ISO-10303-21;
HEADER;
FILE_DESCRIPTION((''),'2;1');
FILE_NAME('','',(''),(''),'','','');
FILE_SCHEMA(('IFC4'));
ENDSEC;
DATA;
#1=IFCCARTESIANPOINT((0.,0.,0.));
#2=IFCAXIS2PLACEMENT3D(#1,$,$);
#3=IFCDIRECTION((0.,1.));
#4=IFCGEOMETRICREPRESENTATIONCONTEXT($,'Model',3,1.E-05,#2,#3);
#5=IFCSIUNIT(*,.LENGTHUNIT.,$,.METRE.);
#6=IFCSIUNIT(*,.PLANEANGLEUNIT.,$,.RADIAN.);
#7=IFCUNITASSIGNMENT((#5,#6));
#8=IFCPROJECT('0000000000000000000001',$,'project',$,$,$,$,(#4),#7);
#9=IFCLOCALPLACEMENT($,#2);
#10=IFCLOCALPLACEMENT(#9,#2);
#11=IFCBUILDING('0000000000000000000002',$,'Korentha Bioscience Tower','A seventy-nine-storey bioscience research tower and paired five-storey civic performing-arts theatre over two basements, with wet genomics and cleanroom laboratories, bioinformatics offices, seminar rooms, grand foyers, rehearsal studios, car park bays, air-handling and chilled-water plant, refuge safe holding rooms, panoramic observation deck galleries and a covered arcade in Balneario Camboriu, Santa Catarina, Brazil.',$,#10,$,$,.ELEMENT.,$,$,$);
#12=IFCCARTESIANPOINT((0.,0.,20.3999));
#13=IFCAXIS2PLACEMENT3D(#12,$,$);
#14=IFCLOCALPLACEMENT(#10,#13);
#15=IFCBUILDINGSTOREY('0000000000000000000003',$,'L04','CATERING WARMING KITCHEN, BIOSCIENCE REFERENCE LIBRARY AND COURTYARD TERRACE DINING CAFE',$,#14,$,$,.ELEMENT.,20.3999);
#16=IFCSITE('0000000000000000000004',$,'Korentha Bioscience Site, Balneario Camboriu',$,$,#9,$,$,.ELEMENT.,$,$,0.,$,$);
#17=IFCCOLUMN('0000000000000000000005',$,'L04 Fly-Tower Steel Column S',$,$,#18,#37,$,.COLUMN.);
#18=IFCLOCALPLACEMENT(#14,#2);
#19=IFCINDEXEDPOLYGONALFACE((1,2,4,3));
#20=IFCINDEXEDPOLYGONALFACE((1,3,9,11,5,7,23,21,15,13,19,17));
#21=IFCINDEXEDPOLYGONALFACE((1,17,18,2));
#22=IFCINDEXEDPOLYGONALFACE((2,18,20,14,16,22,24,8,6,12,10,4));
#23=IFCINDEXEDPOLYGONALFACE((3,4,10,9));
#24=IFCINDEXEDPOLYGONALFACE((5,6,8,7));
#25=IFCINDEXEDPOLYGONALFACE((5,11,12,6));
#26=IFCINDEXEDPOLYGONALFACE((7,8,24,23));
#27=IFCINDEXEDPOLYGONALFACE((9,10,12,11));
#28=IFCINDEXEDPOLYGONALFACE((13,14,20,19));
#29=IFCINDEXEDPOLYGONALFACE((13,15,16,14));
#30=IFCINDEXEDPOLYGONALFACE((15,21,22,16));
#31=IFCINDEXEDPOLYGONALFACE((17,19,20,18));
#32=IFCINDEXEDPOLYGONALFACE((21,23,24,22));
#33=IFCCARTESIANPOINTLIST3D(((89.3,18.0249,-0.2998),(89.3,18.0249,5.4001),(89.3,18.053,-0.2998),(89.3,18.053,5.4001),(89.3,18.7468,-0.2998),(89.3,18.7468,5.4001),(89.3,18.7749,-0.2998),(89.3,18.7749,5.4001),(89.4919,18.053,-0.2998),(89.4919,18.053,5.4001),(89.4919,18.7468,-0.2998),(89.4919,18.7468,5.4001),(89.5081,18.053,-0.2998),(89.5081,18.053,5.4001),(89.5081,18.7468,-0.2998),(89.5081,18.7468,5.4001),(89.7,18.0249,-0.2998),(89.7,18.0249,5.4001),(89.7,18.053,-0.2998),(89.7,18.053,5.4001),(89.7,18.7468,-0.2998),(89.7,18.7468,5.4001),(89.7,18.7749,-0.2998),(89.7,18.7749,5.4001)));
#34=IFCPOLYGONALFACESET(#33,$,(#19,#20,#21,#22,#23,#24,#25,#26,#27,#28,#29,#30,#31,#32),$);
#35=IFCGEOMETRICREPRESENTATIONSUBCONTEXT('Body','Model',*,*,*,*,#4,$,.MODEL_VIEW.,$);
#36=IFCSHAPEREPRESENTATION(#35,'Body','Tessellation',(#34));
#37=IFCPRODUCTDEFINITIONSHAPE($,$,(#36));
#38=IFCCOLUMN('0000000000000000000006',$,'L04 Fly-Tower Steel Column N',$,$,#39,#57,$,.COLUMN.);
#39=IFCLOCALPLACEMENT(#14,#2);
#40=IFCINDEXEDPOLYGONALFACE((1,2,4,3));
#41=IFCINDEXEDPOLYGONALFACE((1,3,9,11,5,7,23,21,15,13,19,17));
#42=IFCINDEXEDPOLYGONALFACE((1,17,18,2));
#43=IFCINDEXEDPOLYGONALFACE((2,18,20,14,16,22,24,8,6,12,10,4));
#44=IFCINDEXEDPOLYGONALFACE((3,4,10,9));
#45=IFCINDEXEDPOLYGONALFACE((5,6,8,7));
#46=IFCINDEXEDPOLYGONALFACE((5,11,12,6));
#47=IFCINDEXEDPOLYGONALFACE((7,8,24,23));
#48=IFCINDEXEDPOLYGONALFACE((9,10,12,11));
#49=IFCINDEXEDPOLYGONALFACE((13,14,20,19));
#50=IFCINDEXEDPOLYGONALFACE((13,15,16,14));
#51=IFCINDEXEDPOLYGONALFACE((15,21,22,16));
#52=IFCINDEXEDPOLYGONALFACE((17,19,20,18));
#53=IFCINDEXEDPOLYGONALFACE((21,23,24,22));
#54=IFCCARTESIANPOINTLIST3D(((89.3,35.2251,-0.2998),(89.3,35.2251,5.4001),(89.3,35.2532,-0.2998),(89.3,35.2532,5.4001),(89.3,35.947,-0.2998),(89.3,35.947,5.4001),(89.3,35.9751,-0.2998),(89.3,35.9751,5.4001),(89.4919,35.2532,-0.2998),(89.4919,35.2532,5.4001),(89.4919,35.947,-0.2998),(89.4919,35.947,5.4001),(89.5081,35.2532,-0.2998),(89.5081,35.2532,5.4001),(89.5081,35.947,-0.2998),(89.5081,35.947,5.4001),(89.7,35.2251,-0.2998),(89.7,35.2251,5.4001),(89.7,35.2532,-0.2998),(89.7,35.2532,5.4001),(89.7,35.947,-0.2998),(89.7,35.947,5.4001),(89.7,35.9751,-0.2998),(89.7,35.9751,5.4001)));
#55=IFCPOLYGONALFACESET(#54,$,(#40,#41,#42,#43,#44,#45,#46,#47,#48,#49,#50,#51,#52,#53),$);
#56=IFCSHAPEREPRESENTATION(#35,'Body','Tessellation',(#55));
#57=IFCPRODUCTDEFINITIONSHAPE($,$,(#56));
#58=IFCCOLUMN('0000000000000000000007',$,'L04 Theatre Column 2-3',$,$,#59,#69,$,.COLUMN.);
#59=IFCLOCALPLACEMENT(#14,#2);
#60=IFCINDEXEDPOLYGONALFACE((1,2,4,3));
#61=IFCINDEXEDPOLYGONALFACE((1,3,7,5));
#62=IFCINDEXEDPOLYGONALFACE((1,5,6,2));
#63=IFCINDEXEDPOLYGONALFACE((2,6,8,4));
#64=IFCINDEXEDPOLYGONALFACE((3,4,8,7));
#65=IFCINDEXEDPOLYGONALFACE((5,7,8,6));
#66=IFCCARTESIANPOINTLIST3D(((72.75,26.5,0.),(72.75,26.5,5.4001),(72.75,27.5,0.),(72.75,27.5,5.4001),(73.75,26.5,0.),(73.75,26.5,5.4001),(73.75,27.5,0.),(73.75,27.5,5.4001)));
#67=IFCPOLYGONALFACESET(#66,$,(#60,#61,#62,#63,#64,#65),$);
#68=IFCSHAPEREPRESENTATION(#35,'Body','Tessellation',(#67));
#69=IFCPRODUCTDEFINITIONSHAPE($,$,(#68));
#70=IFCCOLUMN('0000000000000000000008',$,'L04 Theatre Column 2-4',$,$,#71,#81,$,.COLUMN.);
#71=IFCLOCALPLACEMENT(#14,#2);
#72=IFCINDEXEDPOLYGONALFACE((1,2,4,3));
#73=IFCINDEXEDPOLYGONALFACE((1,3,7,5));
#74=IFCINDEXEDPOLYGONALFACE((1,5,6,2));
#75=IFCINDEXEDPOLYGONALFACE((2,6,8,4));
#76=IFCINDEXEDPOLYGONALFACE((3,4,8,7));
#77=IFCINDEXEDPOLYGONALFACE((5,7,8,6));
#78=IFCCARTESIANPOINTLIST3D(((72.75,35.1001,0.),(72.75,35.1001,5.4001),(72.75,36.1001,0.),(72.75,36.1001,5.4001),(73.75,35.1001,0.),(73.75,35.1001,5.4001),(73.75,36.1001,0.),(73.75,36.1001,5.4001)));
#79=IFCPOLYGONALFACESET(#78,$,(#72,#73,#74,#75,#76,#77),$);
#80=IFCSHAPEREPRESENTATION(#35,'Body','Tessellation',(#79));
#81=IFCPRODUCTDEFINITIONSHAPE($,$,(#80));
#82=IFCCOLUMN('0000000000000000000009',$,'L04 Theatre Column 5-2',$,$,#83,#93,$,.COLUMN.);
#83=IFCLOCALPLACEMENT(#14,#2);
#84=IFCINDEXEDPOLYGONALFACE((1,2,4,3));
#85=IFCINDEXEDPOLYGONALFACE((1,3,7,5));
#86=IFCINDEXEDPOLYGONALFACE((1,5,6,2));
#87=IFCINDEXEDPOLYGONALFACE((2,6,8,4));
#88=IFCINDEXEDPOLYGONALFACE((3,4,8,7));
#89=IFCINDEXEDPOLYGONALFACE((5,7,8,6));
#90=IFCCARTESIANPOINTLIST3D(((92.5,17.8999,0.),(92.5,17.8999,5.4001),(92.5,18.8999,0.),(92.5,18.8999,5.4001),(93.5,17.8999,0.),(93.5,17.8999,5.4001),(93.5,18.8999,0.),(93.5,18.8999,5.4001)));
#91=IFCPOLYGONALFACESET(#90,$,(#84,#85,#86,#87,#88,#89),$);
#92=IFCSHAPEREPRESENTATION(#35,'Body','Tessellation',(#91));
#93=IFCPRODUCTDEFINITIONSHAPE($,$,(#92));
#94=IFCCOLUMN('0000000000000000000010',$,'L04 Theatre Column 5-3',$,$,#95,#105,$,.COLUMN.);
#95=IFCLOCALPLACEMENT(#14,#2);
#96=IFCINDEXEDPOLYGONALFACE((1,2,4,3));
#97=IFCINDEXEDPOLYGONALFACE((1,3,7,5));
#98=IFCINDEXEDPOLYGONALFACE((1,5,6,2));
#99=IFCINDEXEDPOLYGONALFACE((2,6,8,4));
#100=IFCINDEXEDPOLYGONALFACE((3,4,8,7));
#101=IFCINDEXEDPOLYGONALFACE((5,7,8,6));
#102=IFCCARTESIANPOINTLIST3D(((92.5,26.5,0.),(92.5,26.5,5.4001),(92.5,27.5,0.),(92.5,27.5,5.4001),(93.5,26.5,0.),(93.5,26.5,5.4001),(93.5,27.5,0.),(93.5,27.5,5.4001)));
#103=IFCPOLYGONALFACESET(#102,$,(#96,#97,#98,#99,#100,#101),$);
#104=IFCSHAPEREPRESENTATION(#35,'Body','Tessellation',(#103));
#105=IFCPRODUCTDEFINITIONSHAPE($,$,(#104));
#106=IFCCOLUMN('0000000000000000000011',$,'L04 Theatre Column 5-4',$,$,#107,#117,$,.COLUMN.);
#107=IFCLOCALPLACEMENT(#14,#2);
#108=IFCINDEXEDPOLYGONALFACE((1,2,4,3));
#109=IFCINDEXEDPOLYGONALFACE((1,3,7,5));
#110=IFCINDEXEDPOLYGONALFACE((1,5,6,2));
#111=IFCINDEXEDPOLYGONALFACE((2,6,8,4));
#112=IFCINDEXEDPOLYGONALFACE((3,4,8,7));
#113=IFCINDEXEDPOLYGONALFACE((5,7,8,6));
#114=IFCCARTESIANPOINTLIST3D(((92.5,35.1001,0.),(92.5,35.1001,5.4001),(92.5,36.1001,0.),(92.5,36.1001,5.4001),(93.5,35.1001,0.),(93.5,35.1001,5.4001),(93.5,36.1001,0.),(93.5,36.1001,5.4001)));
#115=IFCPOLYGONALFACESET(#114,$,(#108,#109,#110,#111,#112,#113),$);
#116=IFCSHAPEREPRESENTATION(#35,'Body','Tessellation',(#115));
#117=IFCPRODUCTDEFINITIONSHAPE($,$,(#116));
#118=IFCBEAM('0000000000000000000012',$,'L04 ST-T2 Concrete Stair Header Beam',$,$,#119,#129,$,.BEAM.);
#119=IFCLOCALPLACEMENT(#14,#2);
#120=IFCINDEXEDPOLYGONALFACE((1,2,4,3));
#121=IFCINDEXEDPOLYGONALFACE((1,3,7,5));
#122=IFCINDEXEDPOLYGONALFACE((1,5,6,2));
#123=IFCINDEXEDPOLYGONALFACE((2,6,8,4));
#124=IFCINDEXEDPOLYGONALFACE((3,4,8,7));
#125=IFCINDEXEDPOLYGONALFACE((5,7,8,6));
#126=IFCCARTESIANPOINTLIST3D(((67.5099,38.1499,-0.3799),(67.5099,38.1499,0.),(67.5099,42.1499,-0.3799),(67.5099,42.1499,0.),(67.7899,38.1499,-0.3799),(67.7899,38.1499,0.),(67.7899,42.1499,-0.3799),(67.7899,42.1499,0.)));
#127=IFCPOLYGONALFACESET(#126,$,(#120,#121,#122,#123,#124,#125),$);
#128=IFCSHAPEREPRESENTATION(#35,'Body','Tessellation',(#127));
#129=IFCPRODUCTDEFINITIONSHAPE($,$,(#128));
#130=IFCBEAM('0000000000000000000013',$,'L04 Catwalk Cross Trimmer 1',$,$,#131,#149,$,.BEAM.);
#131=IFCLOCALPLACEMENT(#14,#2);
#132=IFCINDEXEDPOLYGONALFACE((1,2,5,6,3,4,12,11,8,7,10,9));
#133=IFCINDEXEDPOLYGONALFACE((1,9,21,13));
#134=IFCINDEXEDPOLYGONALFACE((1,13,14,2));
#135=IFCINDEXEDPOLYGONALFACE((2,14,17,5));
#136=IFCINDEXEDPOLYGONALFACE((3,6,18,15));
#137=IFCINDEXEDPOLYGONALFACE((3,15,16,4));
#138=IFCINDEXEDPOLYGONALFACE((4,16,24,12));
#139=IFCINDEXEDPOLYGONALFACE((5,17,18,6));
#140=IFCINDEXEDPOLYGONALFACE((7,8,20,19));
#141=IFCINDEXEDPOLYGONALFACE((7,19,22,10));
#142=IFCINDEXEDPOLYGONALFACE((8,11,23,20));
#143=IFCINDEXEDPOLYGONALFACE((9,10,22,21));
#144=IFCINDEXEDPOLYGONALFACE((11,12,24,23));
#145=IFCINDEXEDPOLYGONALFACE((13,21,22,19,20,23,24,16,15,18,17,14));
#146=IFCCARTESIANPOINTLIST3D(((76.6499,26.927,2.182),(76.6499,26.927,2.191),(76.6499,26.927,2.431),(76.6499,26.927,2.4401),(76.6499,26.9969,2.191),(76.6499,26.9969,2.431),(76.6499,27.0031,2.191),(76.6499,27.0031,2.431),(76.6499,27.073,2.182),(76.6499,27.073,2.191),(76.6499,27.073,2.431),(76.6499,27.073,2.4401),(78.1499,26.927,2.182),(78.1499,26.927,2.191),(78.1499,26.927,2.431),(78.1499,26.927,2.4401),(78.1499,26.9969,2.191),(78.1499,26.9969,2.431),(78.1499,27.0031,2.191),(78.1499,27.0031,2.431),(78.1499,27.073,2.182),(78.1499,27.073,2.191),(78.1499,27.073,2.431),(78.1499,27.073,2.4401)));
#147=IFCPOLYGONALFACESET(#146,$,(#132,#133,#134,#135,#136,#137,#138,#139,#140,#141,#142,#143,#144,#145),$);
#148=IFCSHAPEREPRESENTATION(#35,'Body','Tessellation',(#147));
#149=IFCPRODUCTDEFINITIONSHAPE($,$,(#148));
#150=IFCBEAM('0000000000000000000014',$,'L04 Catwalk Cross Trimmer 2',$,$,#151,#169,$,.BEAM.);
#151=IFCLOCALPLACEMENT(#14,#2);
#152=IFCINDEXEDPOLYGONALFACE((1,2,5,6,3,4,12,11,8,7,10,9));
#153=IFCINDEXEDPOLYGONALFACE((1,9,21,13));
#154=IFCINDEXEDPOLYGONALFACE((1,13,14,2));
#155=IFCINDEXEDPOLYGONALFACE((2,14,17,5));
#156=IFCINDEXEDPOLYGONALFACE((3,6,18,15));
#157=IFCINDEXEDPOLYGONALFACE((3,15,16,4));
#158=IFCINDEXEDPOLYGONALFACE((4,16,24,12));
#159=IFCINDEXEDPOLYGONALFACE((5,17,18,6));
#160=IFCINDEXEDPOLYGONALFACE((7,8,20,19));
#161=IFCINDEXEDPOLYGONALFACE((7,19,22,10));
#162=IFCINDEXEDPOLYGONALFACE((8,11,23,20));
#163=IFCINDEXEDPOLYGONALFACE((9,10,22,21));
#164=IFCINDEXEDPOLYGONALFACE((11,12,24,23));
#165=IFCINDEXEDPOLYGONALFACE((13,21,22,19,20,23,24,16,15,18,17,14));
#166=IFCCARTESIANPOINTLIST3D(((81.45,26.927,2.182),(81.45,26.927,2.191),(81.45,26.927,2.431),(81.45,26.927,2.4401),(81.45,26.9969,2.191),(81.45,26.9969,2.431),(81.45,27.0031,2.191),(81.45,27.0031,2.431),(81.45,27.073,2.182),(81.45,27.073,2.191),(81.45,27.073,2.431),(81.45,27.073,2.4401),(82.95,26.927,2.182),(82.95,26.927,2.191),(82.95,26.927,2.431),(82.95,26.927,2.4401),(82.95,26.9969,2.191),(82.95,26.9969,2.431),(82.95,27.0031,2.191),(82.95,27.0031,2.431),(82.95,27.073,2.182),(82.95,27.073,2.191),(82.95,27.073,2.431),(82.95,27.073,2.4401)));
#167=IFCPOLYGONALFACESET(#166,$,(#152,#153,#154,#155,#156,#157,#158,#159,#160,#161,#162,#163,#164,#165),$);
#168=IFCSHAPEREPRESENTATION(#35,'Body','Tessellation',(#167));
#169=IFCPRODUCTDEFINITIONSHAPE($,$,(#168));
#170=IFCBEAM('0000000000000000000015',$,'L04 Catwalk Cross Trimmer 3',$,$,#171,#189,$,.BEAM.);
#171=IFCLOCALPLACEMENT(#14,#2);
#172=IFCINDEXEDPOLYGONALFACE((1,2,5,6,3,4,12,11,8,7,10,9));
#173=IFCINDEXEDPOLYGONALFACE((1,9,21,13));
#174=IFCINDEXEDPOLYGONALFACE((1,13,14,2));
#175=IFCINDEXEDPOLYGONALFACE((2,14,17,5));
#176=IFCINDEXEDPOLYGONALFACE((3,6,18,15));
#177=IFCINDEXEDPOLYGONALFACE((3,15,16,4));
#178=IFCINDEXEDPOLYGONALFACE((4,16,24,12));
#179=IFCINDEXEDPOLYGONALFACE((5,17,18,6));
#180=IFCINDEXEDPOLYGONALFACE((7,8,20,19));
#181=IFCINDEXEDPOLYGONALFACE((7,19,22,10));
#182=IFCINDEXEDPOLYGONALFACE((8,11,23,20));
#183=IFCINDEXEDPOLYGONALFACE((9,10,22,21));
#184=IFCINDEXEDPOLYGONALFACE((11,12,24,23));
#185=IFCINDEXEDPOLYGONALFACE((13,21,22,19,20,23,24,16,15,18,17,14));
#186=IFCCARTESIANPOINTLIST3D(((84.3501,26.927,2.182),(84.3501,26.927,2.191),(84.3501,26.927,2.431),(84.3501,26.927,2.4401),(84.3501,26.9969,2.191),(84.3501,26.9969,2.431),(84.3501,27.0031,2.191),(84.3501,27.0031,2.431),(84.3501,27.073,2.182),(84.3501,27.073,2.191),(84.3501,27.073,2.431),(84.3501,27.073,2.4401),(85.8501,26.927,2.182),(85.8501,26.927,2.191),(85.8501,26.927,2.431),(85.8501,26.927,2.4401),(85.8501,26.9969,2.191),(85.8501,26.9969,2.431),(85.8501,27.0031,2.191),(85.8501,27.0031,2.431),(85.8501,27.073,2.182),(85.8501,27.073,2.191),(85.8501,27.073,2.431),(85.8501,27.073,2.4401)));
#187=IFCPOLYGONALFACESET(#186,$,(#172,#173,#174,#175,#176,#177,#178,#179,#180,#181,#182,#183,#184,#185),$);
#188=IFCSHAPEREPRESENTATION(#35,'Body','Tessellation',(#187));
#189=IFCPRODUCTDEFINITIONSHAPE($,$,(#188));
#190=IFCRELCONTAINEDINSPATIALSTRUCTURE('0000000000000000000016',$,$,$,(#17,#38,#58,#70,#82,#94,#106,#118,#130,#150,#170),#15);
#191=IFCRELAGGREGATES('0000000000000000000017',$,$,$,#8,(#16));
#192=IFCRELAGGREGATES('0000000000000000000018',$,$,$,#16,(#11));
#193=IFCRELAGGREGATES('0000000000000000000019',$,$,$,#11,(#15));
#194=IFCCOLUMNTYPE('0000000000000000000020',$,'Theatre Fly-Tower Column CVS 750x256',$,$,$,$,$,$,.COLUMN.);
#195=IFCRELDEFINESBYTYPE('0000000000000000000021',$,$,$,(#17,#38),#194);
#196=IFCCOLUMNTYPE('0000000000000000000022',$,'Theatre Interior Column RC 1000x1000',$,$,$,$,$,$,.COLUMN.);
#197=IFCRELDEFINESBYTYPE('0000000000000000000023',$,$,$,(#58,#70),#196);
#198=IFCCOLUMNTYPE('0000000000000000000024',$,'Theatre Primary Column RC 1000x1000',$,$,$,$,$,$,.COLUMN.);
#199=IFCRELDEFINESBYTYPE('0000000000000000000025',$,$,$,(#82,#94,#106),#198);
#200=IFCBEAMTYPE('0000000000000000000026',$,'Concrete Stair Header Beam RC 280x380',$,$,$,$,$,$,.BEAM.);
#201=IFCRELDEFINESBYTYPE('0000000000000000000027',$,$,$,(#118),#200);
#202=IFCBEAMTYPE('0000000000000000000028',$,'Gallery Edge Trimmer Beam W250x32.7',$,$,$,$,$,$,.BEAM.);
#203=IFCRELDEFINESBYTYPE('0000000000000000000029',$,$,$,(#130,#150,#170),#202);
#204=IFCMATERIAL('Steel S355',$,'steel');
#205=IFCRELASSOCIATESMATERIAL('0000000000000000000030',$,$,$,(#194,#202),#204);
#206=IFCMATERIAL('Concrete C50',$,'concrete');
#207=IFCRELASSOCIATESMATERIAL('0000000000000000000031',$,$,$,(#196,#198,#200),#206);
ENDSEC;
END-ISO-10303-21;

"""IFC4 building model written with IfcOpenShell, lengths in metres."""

from ifc_helpers import new_model, si_unit, direction, frame, origin, origin_2d, place, context, subcontext, project, spatial, rectangle, i_section, extrude, material, material_profile, profile_set, type_object, element, save


model = new_model("IFC4")

# Units and contexts
model_context = context("Model", 3, precision=1e-05, world=origin(), true_north=direction((0.0, 1.0)))
body_context = subcontext(model_context, "Body", "Model", "MODEL_VIEW")
ifc_project = project(units=[si_unit("LENGTHUNIT", "METRE"), si_unit("PLANEANGLEUNIT", "RADIAN")], contexts=[model_context])

# Site, building, storey
site_placement = place(None, origin())
site = spatial("IfcSite", under=ifc_project, at=site_placement, Name="Korentha Bioscience Site, Balneario Camboriu", CompositionType="ELEMENT", RefElevation=0.0)
building_placement = place(site_placement, origin())
building = spatial("IfcBuilding", under=site, at=building_placement, Name="Korentha Bioscience Tower", Description="A seventy-nine-storey bioscience research tower and paired five-storey civic performing-arts theatre over two basements, with wet genomics and cleanroom laboratories, bioinformatics offices, seminar rooms, grand foyers, rehearsal studios, car park bays, air-handling and chilled-water plant, refuge safe holding rooms, panoramic observation deck galleries and a covered arcade in Balneario Camboriu, Santa Catarina, Brazil.", CompositionType="ELEMENT")
storey_placement = place(building_placement, frame((0.0, 0.0, 20.3999)))
storey = spatial("IfcBuildingStorey", under=building, at=storey_placement, Name="L04", Description="CATERING WARMING KITCHEN, BIOSCIENCE REFERENCE LIBRARY AND COURTYARD TERRACE DINING CAFE", CompositionType="ELEMENT", Elevation=20.3999)

# Columns
ifc_material_1 = material(Name="Steel S355", Category="steel")
ifc_material_profile_1 = material_profile(ifc_material_1, i_section(OverallWidth=0.3999, OverallDepth=0.75, WebThickness=0.0161, FlangeThickness=0.0281, at=origin_2d()), Name="Steel S355")
ifc_profile_set_1 = profile_set([ifc_material_profile_1], Name="Steel S355 (TC-02)")
column_type_1 = type_object("IfcColumnType", Name="Theatre Fly-Tower Column CVS 750x256", PredefinedType="COLUMN", material=ifc_profile_set_1)
for number, where, z_axis, x_axis, name in (
    (1, (89.5, 18.3999, -0.2998), (0.0, 0.0, 1.0), (1.0, 0.0, 0.0), "L04 Fly-Tower Steel Column S"),
    (2, (89.5, 35.6001, -0.2998), (0.0, 0.0, 1.0), (1.0, 0.0, 0.0), "L04 Fly-Tower Steel Column N"),
):
    element("IfcColumn", number, at=place(storey_placement, frame(where, z_axis=z_axis, x_axis=x_axis)), inside=storey, type_object=column_type_1, Name=name, PredefinedType="COLUMN", context=body_context, shape_type="SweptSolid", body=[
        extrude(i_section(OverallWidth=0.3999, OverallDepth=0.75, WebThickness=0.0161, FlangeThickness=0.0281, at=origin_2d()), origin(), (0.0, 0.0, 1.0), 5.7),
    ])
ifc_material_2 = material(Name="Concrete C50", Category="concrete")
ifc_material_profile_2 = material_profile(ifc_material_2, rectangle(XDim=1.0, YDim=1.0, at=origin_2d()), Name="Concrete C50")
ifc_profile_set_2 = profile_set([ifc_material_profile_2], Name="Concrete C50 (TC-I01)")
column_type_2 = type_object("IfcColumnType", Name="Theatre Interior Column RC 1000x1000", PredefinedType="COLUMN", material=ifc_profile_set_2)
for number, where, z_axis, x_axis, name in (
    (3, (73.25, 27.0, 0.0), (0.0, 0.0, 1.0), (1.0, 0.0, 0.0), "L04 Theatre Column 2-3"),
    (4, (73.25, 35.6001, 0.0), (0.0, 0.0, 1.0), (1.0, 0.0, 0.0), "L04 Theatre Column 2-4"),
):
    element("IfcColumn", number, at=place(storey_placement, frame(where, z_axis=z_axis, x_axis=x_axis)), inside=storey, type_object=column_type_2, Name=name, PredefinedType="COLUMN", context=body_context, shape_type="SweptSolid", body=[
        extrude(rectangle(XDim=1.0, YDim=1.0, at=origin_2d()), origin(), (0.0, 0.0, 1.0), 5.4001),
    ])
ifc_material_profile_3 = material_profile(ifc_material_2, rectangle(XDim=1.0, YDim=1.0, at=origin_2d()), Name="Concrete C50")
ifc_profile_set_3 = profile_set([ifc_material_profile_3], Name="Concrete C50 (TC-01)")
column_type_3 = type_object("IfcColumnType", Name="Theatre Primary Column RC 1000x1000", PredefinedType="COLUMN", material=ifc_profile_set_3)
for number, where, z_axis, x_axis, name in (
    (5, (93.0, 18.3999, 0.0), (0.0, 0.0, 1.0), (1.0, 0.0, 0.0), "L04 Theatre Column 5-2"),
    (6, (93.0, 27.0, 0.0), (0.0, 0.0, 1.0), (1.0, 0.0, 0.0), "L04 Theatre Column 5-3"),
    (7, (93.0, 35.6001, 0.0), (0.0, 0.0, 1.0), (1.0, 0.0, 0.0), "L04 Theatre Column 5-4"),
):
    element("IfcColumn", number, at=place(storey_placement, frame(where, z_axis=z_axis, x_axis=x_axis)), inside=storey, type_object=column_type_3, Name=name, PredefinedType="COLUMN", context=body_context, shape_type="SweptSolid", body=[
        extrude(rectangle(XDim=1.0, YDim=1.0, at=origin_2d()), origin(), (0.0, 0.0, 1.0), 5.4001),
    ])

# Beams
ifc_material_profile_4 = material_profile(ifc_material_2, rectangle(XDim=0.28, YDim=0.3799, at=origin_2d()), Name="Concrete C50")
ifc_profile_set_4 = profile_set([ifc_material_profile_4], Name="Concrete C50 (ST-HB380)")
beam_type_1 = type_object("IfcBeamType", Name="Concrete Stair Header Beam RC 280x380", PredefinedType="BEAM", material=ifc_profile_set_4)
beam_1_placement = place(storey_placement, frame((67.6499, 38.1499, -0.1899), z_axis=(0.0, 1.0, 0.0), x_axis=(-1.0, 0.0, 0.0)))
element("IfcBeam", 8, at=beam_1_placement, inside=storey, type_object=beam_type_1, Name="L04 ST-T2 Concrete Stair Header Beam", PredefinedType="BEAM", context=body_context, shape_type="SweptSolid", body=[
    extrude(rectangle(XDim=0.28, YDim=0.3799, at=origin_2d()), origin(), (0.0, 0.0, 1.0), 4.0),
])
ifc_material_profile_5 = material_profile(ifc_material_1, i_section(OverallWidth=0.146, OverallDepth=0.2581, WebThickness=0.0061, FlangeThickness=0.009, at=origin_2d()), Name="Steel S355")
ifc_profile_set_5 = profile_set([ifc_material_profile_5], Name="Steel S355 (GT-250)")
beam_type_2 = type_object("IfcBeamType", Name="Gallery Edge Trimmer Beam W250x32.7", PredefinedType="BEAM", material=ifc_profile_set_5)
for number, where, z_axis, x_axis, name in (
    (9, (76.6499, 27.0, 2.311), (1.0, 0.0, 0.0), (0.0, 1.0, 0.0), "L04 Catwalk Cross Trimmer 1"),
    (10, (81.45, 27.0, 2.311), (1.0, 0.0, 0.0), (0.0, 1.0, 0.0), "L04 Catwalk Cross Trimmer 2"),
    (11, (84.3501, 27.0, 2.311), (1.0, 0.0, 0.0), (0.0, 1.0, 0.0), "L04 Catwalk Cross Trimmer 3"),
):
    element("IfcBeam", number, at=place(storey_placement, frame(where, z_axis=z_axis, x_axis=x_axis)), inside=storey, type_object=beam_type_2, Name=name, PredefinedType="BEAM", context=body_context, shape_type="SweptSolid", body=[
        extrude(i_section(OverallWidth=0.146, OverallDepth=0.2581, WebThickness=0.0061, FlangeThickness=0.009, at=origin_2d()), origin(), (0.0, 0.0, 1.0), 1.5),
    ])

save(model, "model.ifc")
